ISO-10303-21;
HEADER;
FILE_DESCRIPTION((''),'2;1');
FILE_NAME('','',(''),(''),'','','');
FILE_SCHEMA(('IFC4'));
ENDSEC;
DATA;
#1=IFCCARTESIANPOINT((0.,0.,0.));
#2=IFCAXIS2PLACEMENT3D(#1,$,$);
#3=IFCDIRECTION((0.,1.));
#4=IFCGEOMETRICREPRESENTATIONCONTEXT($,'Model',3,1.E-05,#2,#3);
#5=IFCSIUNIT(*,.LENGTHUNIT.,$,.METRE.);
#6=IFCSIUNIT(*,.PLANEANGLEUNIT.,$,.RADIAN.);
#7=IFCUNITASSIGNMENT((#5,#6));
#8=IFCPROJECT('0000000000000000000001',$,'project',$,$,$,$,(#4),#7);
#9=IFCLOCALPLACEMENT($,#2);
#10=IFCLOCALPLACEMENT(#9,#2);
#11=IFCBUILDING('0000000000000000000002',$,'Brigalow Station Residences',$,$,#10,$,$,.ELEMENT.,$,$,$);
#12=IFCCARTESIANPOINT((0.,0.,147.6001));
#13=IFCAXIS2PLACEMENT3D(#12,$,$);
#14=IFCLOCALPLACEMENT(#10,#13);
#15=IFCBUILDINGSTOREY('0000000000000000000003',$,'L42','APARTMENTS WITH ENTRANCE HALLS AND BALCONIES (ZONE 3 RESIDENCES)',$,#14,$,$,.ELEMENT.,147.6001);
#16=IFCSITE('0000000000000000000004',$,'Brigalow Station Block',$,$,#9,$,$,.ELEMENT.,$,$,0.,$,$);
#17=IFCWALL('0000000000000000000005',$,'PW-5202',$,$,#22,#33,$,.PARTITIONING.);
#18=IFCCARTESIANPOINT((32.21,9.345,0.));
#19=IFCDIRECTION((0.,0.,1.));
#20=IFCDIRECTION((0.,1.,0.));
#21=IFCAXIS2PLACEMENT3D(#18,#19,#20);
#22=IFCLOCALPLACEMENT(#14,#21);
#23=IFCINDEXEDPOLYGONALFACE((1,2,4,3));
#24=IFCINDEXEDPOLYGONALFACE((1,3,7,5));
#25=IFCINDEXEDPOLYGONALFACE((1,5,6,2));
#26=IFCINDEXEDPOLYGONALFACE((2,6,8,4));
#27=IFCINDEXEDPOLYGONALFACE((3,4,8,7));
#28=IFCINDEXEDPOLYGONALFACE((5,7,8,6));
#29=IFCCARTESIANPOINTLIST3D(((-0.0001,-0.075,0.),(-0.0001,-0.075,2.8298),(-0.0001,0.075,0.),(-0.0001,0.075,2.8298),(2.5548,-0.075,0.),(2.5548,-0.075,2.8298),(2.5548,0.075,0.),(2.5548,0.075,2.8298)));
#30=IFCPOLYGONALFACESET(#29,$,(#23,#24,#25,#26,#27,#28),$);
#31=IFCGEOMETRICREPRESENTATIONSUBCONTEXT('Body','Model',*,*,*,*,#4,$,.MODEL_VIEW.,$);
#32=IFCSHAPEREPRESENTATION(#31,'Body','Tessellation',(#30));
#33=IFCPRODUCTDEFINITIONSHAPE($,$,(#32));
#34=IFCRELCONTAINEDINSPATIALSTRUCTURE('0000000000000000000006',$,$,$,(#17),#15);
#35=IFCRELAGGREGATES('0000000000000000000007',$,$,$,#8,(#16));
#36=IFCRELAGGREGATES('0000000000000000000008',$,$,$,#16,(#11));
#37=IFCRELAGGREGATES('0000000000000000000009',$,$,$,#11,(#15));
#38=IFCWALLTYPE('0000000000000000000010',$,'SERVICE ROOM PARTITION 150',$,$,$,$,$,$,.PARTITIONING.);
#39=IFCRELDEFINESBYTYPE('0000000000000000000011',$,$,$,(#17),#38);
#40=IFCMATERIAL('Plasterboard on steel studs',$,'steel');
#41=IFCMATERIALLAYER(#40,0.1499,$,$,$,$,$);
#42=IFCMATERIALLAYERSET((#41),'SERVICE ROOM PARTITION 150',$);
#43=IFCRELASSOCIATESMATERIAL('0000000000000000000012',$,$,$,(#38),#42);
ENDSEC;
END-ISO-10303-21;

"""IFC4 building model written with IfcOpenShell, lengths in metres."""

from ifc_helpers import new_model, si_unit, direction, frame, frame_2d, origin, place, context, subcontext, project, spatial, rectangle, extrude, material, layer, layer_set, type_object, element, save


model = new_model("IFC4")

# Units and contexts
model_context = context("Model", 3, precision=1e-05, world=origin(), true_north=direction((0.0, 1.0)))
body_context = subcontext(model_context, "Body", "Model", "MODEL_VIEW")
ifc_project = project(units=[si_unit("LENGTHUNIT", "METRE"), si_unit("PLANEANGLEUNIT", "RADIAN")], contexts=[model_context])

# Site, building, storey
site_placement = place(None, origin())
site = spatial("IfcSite", under=ifc_project, at=site_placement, Name="Brigalow Station Block", CompositionType="ELEMENT", RefElevation=0.0)
building_placement = place(site_placement, origin())
building = spatial("IfcBuilding", under=site, at=building_placement, Name="Brigalow Station Residences", CompositionType="ELEMENT")
storey_placement = place(building_placement, frame((0.0, 0.0, 147.6001)))
storey = spatial("IfcBuildingStorey", under=building, at=storey_placement, Name="L42", Description="APARTMENTS WITH ENTRANCE HALLS AND BALCONIES (ZONE 3 RESIDENCES)", CompositionType="ELEMENT", Elevation=147.6001)

# Shared definitions
ifc_material_1 = material(Name="Plasterboard on steel studs", Category="steel")
ifc_layer_1 = layer(ifc_material_1, 0.1499)
ifc_layer_set_1 = layer_set([ifc_layer_1], Name="SERVICE ROOM PARTITION 150")
wall_type_1 = type_object("IfcWallType", Name="SERVICE ROOM PARTITION 150", PredefinedType="PARTITIONING", material=ifc_layer_set_1)

# Wall
wall_1_placement = place(storey_placement, frame((32.21, 9.345, 0.0), z_axis=(0.0, 0.0, 1.0), x_axis=(0.0, 1.0, 0.0)))
element("IfcWall", 1, at=wall_1_placement, inside=storey, type_object=wall_type_1, Name="PW-5202", PredefinedType="PARTITIONING", context=body_context, shape_type="SweptSolid", body=[
    extrude(rectangle(XDim=2.5549, YDim=0.1499, at=frame_2d((1.2773, 0.0))), origin(), (0.0, 0.0, 1.0), 2.8298),
])

save(model, "model.ifc")
